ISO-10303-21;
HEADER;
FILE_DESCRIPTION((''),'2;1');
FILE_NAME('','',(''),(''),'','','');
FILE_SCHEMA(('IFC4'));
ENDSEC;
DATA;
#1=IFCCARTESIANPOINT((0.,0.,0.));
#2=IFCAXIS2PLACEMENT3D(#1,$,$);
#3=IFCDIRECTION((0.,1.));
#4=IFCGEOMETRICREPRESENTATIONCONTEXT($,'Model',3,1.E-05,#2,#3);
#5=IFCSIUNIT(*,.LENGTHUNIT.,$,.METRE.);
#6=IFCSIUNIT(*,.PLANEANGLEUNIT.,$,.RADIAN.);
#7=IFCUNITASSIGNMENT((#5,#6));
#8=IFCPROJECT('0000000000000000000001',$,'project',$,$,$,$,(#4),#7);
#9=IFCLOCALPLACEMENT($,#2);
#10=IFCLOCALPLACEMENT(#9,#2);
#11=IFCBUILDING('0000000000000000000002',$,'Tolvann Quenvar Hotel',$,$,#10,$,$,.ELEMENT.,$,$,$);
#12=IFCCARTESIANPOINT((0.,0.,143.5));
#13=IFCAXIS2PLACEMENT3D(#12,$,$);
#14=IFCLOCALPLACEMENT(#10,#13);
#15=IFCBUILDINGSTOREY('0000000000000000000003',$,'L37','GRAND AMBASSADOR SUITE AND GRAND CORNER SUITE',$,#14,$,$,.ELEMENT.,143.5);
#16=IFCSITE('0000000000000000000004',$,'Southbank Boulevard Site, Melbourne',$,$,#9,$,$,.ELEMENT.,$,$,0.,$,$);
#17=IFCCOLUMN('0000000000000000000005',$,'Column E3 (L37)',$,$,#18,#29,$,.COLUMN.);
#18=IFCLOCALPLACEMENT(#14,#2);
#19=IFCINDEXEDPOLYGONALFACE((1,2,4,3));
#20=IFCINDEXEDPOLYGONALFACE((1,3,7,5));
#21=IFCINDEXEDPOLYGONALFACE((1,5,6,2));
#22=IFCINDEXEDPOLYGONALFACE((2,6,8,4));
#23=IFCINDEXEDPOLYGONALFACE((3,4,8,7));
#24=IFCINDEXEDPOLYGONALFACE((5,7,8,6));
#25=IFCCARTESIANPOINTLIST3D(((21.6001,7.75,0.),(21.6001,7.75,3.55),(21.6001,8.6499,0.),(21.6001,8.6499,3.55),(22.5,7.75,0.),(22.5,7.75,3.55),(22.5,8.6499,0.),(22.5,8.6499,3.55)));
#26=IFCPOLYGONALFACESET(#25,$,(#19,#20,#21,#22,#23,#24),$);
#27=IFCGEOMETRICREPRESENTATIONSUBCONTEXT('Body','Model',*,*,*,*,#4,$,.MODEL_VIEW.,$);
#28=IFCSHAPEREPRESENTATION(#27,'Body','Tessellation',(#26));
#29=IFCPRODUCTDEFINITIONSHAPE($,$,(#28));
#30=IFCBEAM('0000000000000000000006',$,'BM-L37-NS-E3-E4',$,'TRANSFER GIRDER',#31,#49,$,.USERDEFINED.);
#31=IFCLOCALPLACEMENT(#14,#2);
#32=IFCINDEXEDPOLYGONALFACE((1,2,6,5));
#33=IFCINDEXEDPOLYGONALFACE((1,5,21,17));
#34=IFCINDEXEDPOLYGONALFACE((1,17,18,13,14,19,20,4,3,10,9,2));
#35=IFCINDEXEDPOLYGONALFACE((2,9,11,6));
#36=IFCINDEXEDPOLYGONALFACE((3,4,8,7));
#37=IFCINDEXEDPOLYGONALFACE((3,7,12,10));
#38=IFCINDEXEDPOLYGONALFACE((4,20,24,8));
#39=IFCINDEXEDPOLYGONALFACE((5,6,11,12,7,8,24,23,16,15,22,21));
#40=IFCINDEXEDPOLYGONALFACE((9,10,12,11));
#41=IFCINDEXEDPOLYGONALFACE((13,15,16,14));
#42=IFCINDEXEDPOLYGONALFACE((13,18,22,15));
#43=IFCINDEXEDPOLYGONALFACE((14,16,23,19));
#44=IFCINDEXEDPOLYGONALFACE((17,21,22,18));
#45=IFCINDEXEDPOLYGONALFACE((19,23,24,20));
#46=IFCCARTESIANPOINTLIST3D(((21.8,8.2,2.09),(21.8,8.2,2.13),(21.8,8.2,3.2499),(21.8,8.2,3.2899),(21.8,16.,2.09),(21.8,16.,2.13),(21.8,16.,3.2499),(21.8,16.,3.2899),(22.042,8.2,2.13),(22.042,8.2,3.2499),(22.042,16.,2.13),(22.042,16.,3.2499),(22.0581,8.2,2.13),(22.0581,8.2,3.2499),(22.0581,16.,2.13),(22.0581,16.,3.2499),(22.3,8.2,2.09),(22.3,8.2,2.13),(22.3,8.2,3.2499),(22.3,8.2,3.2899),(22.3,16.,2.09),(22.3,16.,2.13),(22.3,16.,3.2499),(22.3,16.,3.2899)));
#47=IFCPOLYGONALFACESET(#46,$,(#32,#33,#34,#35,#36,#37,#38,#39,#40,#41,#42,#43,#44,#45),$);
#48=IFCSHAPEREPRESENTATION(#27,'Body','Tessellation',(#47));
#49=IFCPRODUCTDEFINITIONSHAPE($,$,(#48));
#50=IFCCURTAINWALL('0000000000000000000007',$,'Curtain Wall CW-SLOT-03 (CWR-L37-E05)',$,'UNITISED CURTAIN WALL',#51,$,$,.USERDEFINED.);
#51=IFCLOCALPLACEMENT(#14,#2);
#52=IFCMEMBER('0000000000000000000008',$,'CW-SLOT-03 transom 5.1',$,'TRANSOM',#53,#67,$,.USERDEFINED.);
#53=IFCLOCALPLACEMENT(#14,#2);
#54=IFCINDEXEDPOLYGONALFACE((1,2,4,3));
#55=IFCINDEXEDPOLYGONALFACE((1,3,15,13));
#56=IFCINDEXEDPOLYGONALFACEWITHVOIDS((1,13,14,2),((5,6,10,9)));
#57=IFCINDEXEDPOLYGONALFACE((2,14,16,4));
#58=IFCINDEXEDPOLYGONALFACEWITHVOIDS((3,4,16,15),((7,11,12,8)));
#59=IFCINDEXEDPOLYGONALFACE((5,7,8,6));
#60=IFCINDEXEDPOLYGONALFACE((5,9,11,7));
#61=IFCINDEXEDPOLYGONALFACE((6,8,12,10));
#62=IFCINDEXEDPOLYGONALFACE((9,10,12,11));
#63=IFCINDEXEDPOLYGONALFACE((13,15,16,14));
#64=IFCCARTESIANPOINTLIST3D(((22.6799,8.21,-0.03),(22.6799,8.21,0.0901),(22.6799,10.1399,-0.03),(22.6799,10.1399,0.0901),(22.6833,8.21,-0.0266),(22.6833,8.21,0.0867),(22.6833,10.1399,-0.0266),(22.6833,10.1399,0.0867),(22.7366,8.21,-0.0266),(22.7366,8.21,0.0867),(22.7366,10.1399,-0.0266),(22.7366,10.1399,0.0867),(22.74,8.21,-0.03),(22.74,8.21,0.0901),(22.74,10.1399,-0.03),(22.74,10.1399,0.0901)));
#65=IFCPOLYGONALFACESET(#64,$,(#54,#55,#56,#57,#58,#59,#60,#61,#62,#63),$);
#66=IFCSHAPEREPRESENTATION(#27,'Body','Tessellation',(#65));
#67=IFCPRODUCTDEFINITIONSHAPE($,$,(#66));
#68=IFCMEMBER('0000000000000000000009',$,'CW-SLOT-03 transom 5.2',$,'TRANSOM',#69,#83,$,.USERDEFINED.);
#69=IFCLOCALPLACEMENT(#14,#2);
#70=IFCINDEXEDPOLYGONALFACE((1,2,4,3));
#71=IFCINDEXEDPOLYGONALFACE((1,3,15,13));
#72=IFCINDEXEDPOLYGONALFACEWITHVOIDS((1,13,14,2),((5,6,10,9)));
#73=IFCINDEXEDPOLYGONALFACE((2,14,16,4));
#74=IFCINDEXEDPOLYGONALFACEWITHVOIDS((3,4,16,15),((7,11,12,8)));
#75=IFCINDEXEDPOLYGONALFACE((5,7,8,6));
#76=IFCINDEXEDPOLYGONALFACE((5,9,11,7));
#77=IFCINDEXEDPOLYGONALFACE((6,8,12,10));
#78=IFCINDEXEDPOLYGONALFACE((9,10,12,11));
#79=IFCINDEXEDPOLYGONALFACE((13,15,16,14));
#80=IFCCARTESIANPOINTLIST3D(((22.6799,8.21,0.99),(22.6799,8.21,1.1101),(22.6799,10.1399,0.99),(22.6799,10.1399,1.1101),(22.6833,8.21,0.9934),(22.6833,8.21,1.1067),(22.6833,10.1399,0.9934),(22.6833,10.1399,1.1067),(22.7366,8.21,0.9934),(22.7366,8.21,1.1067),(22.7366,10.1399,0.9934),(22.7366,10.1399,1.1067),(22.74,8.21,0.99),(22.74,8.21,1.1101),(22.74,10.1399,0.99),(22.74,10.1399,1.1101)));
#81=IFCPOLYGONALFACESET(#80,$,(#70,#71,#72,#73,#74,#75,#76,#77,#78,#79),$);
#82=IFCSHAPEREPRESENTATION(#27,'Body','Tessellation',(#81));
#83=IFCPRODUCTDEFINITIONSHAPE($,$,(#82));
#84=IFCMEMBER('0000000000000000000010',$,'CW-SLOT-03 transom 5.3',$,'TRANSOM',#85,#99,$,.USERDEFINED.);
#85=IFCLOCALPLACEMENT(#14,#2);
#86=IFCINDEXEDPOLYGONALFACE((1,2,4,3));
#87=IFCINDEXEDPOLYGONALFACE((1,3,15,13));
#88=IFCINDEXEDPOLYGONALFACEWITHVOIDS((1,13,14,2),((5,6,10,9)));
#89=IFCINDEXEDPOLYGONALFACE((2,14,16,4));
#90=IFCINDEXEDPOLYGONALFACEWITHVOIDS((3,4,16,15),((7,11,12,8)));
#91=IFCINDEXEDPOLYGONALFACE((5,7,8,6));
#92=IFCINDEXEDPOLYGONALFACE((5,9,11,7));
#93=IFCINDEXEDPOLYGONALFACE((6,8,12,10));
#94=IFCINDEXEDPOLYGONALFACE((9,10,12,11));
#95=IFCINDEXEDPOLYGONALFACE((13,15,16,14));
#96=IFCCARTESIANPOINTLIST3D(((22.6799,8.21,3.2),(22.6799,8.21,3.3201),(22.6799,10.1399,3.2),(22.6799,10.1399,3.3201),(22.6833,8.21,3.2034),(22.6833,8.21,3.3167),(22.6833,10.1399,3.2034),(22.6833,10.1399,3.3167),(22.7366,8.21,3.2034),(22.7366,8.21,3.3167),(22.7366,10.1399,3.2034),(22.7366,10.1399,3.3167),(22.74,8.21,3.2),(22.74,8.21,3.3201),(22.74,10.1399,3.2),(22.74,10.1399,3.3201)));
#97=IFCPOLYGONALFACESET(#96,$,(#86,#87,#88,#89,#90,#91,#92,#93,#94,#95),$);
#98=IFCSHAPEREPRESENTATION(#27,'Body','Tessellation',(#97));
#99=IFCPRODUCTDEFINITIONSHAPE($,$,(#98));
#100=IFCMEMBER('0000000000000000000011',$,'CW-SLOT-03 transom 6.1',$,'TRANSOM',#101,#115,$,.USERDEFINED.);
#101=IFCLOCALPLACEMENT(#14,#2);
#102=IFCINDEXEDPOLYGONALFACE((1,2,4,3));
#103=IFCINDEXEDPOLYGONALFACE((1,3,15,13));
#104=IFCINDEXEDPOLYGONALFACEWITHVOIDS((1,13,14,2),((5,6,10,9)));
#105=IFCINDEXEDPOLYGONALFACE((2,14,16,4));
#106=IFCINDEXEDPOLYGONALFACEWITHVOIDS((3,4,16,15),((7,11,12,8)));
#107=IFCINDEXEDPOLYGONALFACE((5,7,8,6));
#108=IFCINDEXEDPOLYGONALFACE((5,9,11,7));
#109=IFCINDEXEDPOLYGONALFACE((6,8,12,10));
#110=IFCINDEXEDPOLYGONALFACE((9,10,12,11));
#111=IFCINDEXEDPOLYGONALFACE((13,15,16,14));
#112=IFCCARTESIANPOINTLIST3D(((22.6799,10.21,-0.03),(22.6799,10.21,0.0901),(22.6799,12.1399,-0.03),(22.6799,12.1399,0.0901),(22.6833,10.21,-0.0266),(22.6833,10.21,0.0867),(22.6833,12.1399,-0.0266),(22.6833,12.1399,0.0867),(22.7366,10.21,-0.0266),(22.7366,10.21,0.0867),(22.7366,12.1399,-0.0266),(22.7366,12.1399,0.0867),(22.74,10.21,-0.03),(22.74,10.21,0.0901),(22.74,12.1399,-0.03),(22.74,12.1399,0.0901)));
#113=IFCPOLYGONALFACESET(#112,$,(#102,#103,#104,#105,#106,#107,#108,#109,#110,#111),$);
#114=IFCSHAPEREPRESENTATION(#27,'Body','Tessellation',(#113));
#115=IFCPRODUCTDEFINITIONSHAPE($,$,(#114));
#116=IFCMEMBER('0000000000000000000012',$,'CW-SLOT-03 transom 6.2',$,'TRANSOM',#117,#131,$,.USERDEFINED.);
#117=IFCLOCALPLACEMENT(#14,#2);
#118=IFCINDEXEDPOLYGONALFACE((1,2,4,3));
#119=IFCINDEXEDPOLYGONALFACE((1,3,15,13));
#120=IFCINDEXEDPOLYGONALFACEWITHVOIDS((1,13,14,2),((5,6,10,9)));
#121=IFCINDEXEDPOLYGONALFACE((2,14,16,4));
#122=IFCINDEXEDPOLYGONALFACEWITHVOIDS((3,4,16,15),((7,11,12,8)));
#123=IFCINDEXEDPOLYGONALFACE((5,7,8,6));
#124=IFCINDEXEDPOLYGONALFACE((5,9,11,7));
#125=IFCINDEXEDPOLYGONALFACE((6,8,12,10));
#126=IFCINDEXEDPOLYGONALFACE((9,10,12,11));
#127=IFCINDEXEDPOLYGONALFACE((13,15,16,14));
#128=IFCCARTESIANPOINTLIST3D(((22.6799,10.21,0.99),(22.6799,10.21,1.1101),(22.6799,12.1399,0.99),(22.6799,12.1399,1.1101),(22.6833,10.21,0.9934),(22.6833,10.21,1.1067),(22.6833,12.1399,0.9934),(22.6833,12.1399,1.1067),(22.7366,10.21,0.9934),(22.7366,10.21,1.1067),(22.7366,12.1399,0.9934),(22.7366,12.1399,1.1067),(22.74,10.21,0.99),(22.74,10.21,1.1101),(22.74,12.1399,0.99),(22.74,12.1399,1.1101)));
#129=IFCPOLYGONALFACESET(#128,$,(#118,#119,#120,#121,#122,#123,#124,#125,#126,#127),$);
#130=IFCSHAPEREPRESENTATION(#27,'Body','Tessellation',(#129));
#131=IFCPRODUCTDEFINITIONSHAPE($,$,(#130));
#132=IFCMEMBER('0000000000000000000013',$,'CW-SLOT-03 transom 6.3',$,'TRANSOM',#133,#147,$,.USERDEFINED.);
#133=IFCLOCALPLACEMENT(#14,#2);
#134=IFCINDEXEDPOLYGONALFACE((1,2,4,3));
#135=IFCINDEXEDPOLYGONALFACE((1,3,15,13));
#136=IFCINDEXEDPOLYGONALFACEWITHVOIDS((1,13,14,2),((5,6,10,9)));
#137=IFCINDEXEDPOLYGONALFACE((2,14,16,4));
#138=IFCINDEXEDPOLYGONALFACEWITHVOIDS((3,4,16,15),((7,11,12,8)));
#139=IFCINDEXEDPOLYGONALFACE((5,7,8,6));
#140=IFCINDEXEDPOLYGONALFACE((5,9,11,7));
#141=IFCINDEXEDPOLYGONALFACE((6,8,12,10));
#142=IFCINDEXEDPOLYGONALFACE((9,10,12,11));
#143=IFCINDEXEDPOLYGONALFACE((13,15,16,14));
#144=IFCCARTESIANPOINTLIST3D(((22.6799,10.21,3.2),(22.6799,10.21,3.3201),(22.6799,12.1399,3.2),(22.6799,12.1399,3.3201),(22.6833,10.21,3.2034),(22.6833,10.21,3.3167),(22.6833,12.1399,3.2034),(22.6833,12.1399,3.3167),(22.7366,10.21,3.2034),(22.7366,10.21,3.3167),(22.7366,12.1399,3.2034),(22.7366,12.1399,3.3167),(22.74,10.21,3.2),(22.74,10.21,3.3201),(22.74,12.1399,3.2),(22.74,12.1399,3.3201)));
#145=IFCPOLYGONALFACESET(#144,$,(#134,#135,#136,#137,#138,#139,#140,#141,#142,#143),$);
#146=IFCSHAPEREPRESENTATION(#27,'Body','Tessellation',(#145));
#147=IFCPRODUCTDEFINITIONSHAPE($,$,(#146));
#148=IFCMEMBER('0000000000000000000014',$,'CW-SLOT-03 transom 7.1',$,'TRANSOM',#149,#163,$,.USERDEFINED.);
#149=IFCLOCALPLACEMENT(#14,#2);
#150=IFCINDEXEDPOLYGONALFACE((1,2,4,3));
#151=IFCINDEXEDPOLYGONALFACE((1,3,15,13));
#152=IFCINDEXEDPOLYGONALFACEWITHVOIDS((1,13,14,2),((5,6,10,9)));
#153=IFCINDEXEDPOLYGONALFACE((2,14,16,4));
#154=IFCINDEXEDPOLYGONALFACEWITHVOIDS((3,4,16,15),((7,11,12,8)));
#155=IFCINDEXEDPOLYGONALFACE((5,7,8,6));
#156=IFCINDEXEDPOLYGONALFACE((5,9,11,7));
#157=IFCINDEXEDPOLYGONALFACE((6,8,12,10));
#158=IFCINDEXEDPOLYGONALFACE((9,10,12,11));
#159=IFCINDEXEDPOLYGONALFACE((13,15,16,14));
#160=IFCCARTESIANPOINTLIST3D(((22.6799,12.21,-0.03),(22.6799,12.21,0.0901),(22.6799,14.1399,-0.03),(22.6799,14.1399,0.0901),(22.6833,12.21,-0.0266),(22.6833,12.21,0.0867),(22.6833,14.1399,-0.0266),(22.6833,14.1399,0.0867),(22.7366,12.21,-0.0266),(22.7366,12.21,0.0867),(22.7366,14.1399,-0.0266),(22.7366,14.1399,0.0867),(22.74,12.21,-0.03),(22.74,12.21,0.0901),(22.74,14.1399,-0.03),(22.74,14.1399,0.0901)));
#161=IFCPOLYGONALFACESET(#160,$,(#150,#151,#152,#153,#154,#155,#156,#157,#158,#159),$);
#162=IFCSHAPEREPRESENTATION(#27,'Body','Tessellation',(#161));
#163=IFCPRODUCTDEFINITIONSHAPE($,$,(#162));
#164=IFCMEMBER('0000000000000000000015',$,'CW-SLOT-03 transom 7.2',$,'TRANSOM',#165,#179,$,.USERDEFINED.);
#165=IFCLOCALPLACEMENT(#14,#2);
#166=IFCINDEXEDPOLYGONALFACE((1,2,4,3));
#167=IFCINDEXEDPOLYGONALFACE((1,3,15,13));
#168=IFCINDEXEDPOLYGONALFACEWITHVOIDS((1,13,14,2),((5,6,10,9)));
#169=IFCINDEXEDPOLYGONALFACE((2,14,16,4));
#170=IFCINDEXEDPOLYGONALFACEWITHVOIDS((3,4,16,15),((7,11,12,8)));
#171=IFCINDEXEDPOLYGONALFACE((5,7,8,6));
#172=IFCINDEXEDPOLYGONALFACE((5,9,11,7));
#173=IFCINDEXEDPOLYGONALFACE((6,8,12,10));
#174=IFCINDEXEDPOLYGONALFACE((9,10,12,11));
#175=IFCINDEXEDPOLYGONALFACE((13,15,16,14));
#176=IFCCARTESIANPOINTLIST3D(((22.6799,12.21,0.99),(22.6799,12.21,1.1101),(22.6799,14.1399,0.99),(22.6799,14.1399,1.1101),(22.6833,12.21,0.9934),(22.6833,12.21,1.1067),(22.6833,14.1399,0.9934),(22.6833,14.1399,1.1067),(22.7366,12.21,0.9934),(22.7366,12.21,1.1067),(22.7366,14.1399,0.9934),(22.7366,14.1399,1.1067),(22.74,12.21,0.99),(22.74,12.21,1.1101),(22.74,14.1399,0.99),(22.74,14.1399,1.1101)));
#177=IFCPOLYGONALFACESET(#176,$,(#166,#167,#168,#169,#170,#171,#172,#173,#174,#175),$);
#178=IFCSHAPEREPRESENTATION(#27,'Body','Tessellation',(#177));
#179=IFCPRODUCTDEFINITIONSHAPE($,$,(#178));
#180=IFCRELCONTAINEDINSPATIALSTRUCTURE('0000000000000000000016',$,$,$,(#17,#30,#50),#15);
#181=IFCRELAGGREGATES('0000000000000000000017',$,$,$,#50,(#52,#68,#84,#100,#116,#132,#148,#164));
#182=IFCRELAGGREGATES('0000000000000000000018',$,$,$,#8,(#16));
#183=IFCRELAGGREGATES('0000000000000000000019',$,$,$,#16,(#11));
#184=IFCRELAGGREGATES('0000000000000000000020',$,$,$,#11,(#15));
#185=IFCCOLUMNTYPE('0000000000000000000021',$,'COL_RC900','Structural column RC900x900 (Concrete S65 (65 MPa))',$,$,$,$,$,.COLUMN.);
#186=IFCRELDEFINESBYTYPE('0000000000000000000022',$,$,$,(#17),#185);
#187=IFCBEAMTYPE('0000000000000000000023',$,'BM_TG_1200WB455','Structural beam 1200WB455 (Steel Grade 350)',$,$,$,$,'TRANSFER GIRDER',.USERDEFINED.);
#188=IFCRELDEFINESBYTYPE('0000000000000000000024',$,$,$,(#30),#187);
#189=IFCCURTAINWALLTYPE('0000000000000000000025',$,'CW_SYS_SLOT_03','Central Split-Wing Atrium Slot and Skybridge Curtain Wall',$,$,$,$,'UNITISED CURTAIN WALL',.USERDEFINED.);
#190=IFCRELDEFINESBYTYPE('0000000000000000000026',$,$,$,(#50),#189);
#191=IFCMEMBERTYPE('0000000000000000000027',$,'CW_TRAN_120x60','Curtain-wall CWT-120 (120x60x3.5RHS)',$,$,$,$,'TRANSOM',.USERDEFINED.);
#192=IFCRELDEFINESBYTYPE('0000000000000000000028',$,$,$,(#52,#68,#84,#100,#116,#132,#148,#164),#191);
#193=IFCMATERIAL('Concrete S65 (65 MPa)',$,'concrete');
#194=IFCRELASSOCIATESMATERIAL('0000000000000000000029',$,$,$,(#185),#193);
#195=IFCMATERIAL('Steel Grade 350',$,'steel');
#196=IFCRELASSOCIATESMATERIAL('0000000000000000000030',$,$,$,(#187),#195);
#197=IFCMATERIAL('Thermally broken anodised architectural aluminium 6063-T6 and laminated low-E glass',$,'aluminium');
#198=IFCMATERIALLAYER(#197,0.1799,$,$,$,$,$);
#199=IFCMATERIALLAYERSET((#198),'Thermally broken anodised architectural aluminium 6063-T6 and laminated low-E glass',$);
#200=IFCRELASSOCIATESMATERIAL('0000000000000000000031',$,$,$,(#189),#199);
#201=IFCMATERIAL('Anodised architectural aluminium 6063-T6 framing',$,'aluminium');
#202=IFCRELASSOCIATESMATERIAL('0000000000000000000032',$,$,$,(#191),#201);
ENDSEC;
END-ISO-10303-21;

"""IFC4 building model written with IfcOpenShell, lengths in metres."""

from ifc_helpers import new_model, si_unit, direction, frame, origin, origin_2d, place, context, subcontext, project, spatial, rectangle, hollow_rectangle, i_section, extrude, source, transform, mapped, material, layer, layer_set, material_profile, profile_set, type_object, type_shapes, element, aggregate, save


model = new_model("IFC4")

# Units and contexts
model_context = context("Model", 3, precision=1e-05, world=origin(), true_north=direction((0.0, 1.0)))
body_context = subcontext(model_context, "Body", "Model", "MODEL_VIEW")
ifc_project = project(units=[si_unit("LENGTHUNIT", "METRE"), si_unit("PLANEANGLEUNIT", "RADIAN")], contexts=[model_context])

# Site, building, storey
site_placement = place(None, origin())
site = spatial("IfcSite", under=ifc_project, at=site_placement, Name="Southbank Boulevard Site, Melbourne", CompositionType="ELEMENT", RefElevation=0.0)
building_placement = place(site_placement, origin())
building = spatial("IfcBuilding", under=site, at=building_placement, Name="Tolvann Quenvar Hotel", CompositionType="ELEMENT")
storey_placement = place(building_placement, frame((0.0, 0.0, 143.5)))
storey = spatial("IfcBuildingStorey", under=building, at=storey_placement, Name="L37", Description="GRAND AMBASSADOR SUITE AND GRAND CORNER SUITE", CompositionType="ELEMENT", Elevation=143.5)

# Column
ifc_material_1 = material(Name="Concrete S65 (65 MPa)", Category="concrete")
ifc_material_profile_1 = material_profile(ifc_material_1, rectangle(XDim=0.8999, YDim=0.8999, at=origin_2d()), Name="RC900x900")
ifc_profile_set_1 = profile_set([ifc_material_profile_1], Name="Concrete S65 (65 MPa)")
column_type = type_object("IfcColumnType", Name="COL_RC900", Description="Structural column RC900x900 (Concrete S65 (65 MPa))", PredefinedType="COLUMN", material=ifc_profile_set_1)
shared_shape_1 = source(origin(), body_context, "Body", "SweptSolid", [
    extrude(rectangle(XDim=0.8999, YDim=0.8999, at=origin_2d()), origin(), (0.0, 0.0, 1.0), 3.55),
])
type_shapes(column_type, [shared_shape_1])
column_placement = place(storey_placement, frame((22.05, 8.2, 0.0), z_axis=(0.0, 0.0, 1.0), x_axis=(1.0, 0.0, 0.0)))
element("IfcColumn", 1, at=column_placement, inside=storey, type_object=column_type, Name="Column E3 (L37)", PredefinedType="COLUMN", context=body_context, shape_type="MappedRepresentation", body=[
    mapped(shared_shape_1, transform((0.0, 0.0, 0.0), x_axis=(1.0, 0.0, 0.0), y_axis=(0.0, 1.0, 0.0), z_axis=(0.0, 0.0, 1.0), scale=1.0)),
])

# Beam
ifc_material_2 = material(Name="Steel Grade 350", Category="steel")
ifc_material_profile_2 = material_profile(ifc_material_2, i_section(OverallWidth=0.5, OverallDepth=1.2, WebThickness=0.0161, FlangeThickness=0.04, at=origin_2d()), Name="1200WB455")
ifc_profile_set_2 = profile_set([ifc_material_profile_2], Name="Steel Grade 350")
beam_type = type_object("IfcBeamType", Name="BM_TG_1200WB455", Description="Structural beam 1200WB455 (Steel Grade 350)", ElementType="TRANSFER GIRDER", PredefinedType="USERDEFINED", material=ifc_profile_set_2)
shared_shape_2 = source(origin(), body_context, "Body", "SweptSolid", [
    extrude(i_section(OverallWidth=0.5, OverallDepth=1.2, WebThickness=0.0161, FlangeThickness=0.04, at=origin_2d()), origin(), (0.0, 0.0, 1.0), 7.8),
])
type_shapes(beam_type, [shared_shape_2])
beam_placement = place(storey_placement, frame((22.05, 8.2, 2.6899), z_axis=(0.0, 1.0, 0.0), x_axis=(-1.0, 0.0, 0.0)))
element("IfcBeam", 2, at=beam_placement, inside=storey, type_object=beam_type, Name="BM-L37-NS-E3-E4", ObjectType="TRANSFER GIRDER", PredefinedType="USERDEFINED", context=body_context, shape_type="MappedRepresentation", body=[
    mapped(shared_shape_2, transform((0.0, 0.0, 0.0), x_axis=(1.0, 0.0, 0.0), y_axis=(0.0, 1.0, 0.0), z_axis=(0.0, 0.0, 1.0), scale=1.0)),
])

# Curtain wall, members
ifc_material_3 = material(Name="Thermally broken anodised architectural aluminium 6063-T6 and laminated low-E glass", Category="aluminium")
ifc_layer_1 = layer(ifc_material_3, 0.1799)
ifc_layer_set_1 = layer_set([ifc_layer_1], Name="Thermally broken anodised architectural aluminium 6063-T6 and laminated low-E glass")
curtain_wall_type = type_object("IfcCurtainWallType", Name="CW_SYS_SLOT_03", Description="Central Split-Wing Atrium Slot and Skybridge Curtain Wall", ElementType="UNITISED CURTAIN WALL", PredefinedType="USERDEFINED", material=ifc_layer_set_1)
curtain_wall_placement = place(storey_placement, origin())
curtain_wall = element("IfcCurtainWall", 3, at=curtain_wall_placement, inside=storey, type_object=curtain_wall_type, Name="Curtain Wall CW-SLOT-03 (CWR-L37-E05)", ObjectType="UNITISED CURTAIN WALL", PredefinedType="USERDEFINED")
ifc_material_4 = material(Name="Anodised architectural aluminium 6063-T6 framing", Category="aluminium")
ifc_material_profile_3 = material_profile(ifc_material_4, hollow_rectangle(XDim=0.0601, YDim=0.1201, WallThickness=0.0034, at=origin_2d()), Name="120x60x3.5RHS")
ifc_profile_set_3 = profile_set([ifc_material_profile_3], Name="Anodised architectural aluminium 6063-T6 framing")
member_type_1 = type_object("IfcMemberType", Name="CW_TRAN_120x60", Description="Curtain-wall CWT-120 (120x60x3.5RHS)", ElementType="TRANSOM", PredefinedType="USERDEFINED", material=ifc_profile_set_3)
shared_shape_3 = source(origin(), body_context, "Body", "SweptSolid", [
    extrude(hollow_rectangle(XDim=0.0601, YDim=0.1201, WallThickness=0.0034, at=origin_2d()), origin(), (0.0, 0.0, 1.0), 1.9299),
])
member_1_placement = place(storey_placement, frame((22.71, 8.21, 0.03), z_axis=(0.0, 1.0, 0.0), x_axis=(-1.0, 0.0, 0.0)))
member_1 = element("IfcMember", 4, at=member_1_placement, type_object=member_type_1, Name="CW-SLOT-03 transom 5.1", ObjectType="TRANSOM", PredefinedType="USERDEFINED", context=body_context, shape_type="MappedRepresentation", body=[
    mapped(shared_shape_3, transform((0.0, 0.0, 0.0), x_axis=(1.0, 0.0, 0.0), y_axis=(0.0, 1.0, 0.0), z_axis=(0.0, 0.0, 1.0), scale=1.0)),
])
member_2_placement = place(storey_placement, frame((22.71, 8.21, 1.05), z_axis=(0.0, 1.0, 0.0), x_axis=(-1.0, 0.0, 0.0)))
member_2 = element("IfcMember", 5, at=member_2_placement, type_object=member_type_1, Name="CW-SLOT-03 transom 5.2", ObjectType="TRANSOM", PredefinedType="USERDEFINED", context=body_context, shape_type="MappedRepresentation", body=[
    mapped(shared_shape_3, transform((0.0, 0.0, 0.0), x_axis=(1.0, 0.0, 0.0), y_axis=(0.0, 1.0, 0.0), z_axis=(0.0, 0.0, 1.0), scale=1.0)),
])
member_3_placement = place(storey_placement, frame((22.71, 8.21, 3.26), z_axis=(0.0, 1.0, 0.0), x_axis=(-1.0, 0.0, 0.0)))
member_3 = element("IfcMember", 6, at=member_3_placement, type_object=member_type_1, Name="CW-SLOT-03 transom 5.3", ObjectType="TRANSOM", PredefinedType="USERDEFINED", context=body_context, shape_type="MappedRepresentation", body=[
    mapped(shared_shape_3, transform((0.0, 0.0, 0.0), x_axis=(1.0, 0.0, 0.0), y_axis=(0.0, 1.0, 0.0), z_axis=(0.0, 0.0, 1.0), scale=1.0)),
])
member_4_placement = place(storey_placement, frame((22.71, 10.21, 0.03), z_axis=(0.0, 1.0, 0.0), x_axis=(-1.0, 0.0, 0.0)))
member_4 = element("IfcMember", 7, at=member_4_placement, type_object=member_type_1, Name="CW-SLOT-03 transom 6.1", ObjectType="TRANSOM", PredefinedType="USERDEFINED", context=body_context, shape_type="MappedRepresentation", body=[
    mapped(shared_shape_3, transform((0.0, 0.0, 0.0), x_axis=(1.0, 0.0, 0.0), y_axis=(0.0, 1.0, 0.0), z_axis=(0.0, 0.0, 1.0), scale=1.0)),
])
member_5_placement = place(storey_placement, frame((22.71, 10.21, 1.05), z_axis=(0.0, 1.0, 0.0), x_axis=(-1.0, 0.0, 0.0)))
member_5 = element("IfcMember", 8, at=member_5_placement, type_object=member_type_1, Name="CW-SLOT-03 transom 6.2", ObjectType="TRANSOM", PredefinedType="USERDEFINED", context=body_context, shape_type="MappedRepresentation", body=[
    mapped(shared_shape_3, transform((0.0, 0.0, 0.0), x_axis=(1.0, 0.0, 0.0), y_axis=(0.0, 1.0, 0.0), z_axis=(0.0, 0.0, 1.0), scale=1.0)),
])
member_6_placement = place(storey_placement, frame((22.71, 10.21, 3.26), z_axis=(0.0, 1.0, 0.0), x_axis=(-1.0, 0.0, 0.0)))
member_6 = element("IfcMember", 9, at=member_6_placement, type_object=member_type_1, Name="CW-SLOT-03 transom 6.3", ObjectType="TRANSOM", PredefinedType="USERDEFINED", context=body_context, shape_type="MappedRepresentation", body=[
    mapped(shared_shape_3, transform((0.0, 0.0, 0.0), x_axis=(1.0, 0.0, 0.0), y_axis=(0.0, 1.0, 0.0), z_axis=(0.0, 0.0, 1.0), scale=1.0)),
])
member_7_placement = place(storey_placement, frame((22.71, 12.21, 0.03), z_axis=(0.0, 1.0, 0.0), x_axis=(-1.0, 0.0, 0.0)))
member_7 = element("IfcMember", 10, at=member_7_placement, type_object=member_type_1, Name="CW-SLOT-03 transom 7.1", ObjectType="TRANSOM", PredefinedType="USERDEFINED", context=body_context, shape_type="MappedRepresentation", body=[
    mapped(shared_shape_3, transform((0.0, 0.0, 0.0), x_axis=(1.0, 0.0, 0.0), y_axis=(0.0, 1.0, 0.0), z_axis=(0.0, 0.0, 1.0), scale=1.0)),
])
member_8_placement = place(storey_placement, frame((22.71, 12.21, 1.05), z_axis=(0.0, 1.0, 0.0), x_axis=(-1.0, 0.0, 0.0)))
member_8 = element("IfcMember", 11, at=member_8_placement, type_object=member_type_1, Name="CW-SLOT-03 transom 7.2", ObjectType="TRANSOM", PredefinedType="USERDEFINED", context=body_context, shape_type="MappedRepresentation", body=[
    mapped(shared_shape_3, transform((0.0, 0.0, 0.0), x_axis=(1.0, 0.0, 0.0), y_axis=(0.0, 1.0, 0.0), z_axis=(0.0, 0.0, 1.0), scale=1.0)),
])
aggregate(curtain_wall, [member_1, member_2, member_3, member_4, member_5, member_6, member_7, member_8])

save(model, "model.ifc")
